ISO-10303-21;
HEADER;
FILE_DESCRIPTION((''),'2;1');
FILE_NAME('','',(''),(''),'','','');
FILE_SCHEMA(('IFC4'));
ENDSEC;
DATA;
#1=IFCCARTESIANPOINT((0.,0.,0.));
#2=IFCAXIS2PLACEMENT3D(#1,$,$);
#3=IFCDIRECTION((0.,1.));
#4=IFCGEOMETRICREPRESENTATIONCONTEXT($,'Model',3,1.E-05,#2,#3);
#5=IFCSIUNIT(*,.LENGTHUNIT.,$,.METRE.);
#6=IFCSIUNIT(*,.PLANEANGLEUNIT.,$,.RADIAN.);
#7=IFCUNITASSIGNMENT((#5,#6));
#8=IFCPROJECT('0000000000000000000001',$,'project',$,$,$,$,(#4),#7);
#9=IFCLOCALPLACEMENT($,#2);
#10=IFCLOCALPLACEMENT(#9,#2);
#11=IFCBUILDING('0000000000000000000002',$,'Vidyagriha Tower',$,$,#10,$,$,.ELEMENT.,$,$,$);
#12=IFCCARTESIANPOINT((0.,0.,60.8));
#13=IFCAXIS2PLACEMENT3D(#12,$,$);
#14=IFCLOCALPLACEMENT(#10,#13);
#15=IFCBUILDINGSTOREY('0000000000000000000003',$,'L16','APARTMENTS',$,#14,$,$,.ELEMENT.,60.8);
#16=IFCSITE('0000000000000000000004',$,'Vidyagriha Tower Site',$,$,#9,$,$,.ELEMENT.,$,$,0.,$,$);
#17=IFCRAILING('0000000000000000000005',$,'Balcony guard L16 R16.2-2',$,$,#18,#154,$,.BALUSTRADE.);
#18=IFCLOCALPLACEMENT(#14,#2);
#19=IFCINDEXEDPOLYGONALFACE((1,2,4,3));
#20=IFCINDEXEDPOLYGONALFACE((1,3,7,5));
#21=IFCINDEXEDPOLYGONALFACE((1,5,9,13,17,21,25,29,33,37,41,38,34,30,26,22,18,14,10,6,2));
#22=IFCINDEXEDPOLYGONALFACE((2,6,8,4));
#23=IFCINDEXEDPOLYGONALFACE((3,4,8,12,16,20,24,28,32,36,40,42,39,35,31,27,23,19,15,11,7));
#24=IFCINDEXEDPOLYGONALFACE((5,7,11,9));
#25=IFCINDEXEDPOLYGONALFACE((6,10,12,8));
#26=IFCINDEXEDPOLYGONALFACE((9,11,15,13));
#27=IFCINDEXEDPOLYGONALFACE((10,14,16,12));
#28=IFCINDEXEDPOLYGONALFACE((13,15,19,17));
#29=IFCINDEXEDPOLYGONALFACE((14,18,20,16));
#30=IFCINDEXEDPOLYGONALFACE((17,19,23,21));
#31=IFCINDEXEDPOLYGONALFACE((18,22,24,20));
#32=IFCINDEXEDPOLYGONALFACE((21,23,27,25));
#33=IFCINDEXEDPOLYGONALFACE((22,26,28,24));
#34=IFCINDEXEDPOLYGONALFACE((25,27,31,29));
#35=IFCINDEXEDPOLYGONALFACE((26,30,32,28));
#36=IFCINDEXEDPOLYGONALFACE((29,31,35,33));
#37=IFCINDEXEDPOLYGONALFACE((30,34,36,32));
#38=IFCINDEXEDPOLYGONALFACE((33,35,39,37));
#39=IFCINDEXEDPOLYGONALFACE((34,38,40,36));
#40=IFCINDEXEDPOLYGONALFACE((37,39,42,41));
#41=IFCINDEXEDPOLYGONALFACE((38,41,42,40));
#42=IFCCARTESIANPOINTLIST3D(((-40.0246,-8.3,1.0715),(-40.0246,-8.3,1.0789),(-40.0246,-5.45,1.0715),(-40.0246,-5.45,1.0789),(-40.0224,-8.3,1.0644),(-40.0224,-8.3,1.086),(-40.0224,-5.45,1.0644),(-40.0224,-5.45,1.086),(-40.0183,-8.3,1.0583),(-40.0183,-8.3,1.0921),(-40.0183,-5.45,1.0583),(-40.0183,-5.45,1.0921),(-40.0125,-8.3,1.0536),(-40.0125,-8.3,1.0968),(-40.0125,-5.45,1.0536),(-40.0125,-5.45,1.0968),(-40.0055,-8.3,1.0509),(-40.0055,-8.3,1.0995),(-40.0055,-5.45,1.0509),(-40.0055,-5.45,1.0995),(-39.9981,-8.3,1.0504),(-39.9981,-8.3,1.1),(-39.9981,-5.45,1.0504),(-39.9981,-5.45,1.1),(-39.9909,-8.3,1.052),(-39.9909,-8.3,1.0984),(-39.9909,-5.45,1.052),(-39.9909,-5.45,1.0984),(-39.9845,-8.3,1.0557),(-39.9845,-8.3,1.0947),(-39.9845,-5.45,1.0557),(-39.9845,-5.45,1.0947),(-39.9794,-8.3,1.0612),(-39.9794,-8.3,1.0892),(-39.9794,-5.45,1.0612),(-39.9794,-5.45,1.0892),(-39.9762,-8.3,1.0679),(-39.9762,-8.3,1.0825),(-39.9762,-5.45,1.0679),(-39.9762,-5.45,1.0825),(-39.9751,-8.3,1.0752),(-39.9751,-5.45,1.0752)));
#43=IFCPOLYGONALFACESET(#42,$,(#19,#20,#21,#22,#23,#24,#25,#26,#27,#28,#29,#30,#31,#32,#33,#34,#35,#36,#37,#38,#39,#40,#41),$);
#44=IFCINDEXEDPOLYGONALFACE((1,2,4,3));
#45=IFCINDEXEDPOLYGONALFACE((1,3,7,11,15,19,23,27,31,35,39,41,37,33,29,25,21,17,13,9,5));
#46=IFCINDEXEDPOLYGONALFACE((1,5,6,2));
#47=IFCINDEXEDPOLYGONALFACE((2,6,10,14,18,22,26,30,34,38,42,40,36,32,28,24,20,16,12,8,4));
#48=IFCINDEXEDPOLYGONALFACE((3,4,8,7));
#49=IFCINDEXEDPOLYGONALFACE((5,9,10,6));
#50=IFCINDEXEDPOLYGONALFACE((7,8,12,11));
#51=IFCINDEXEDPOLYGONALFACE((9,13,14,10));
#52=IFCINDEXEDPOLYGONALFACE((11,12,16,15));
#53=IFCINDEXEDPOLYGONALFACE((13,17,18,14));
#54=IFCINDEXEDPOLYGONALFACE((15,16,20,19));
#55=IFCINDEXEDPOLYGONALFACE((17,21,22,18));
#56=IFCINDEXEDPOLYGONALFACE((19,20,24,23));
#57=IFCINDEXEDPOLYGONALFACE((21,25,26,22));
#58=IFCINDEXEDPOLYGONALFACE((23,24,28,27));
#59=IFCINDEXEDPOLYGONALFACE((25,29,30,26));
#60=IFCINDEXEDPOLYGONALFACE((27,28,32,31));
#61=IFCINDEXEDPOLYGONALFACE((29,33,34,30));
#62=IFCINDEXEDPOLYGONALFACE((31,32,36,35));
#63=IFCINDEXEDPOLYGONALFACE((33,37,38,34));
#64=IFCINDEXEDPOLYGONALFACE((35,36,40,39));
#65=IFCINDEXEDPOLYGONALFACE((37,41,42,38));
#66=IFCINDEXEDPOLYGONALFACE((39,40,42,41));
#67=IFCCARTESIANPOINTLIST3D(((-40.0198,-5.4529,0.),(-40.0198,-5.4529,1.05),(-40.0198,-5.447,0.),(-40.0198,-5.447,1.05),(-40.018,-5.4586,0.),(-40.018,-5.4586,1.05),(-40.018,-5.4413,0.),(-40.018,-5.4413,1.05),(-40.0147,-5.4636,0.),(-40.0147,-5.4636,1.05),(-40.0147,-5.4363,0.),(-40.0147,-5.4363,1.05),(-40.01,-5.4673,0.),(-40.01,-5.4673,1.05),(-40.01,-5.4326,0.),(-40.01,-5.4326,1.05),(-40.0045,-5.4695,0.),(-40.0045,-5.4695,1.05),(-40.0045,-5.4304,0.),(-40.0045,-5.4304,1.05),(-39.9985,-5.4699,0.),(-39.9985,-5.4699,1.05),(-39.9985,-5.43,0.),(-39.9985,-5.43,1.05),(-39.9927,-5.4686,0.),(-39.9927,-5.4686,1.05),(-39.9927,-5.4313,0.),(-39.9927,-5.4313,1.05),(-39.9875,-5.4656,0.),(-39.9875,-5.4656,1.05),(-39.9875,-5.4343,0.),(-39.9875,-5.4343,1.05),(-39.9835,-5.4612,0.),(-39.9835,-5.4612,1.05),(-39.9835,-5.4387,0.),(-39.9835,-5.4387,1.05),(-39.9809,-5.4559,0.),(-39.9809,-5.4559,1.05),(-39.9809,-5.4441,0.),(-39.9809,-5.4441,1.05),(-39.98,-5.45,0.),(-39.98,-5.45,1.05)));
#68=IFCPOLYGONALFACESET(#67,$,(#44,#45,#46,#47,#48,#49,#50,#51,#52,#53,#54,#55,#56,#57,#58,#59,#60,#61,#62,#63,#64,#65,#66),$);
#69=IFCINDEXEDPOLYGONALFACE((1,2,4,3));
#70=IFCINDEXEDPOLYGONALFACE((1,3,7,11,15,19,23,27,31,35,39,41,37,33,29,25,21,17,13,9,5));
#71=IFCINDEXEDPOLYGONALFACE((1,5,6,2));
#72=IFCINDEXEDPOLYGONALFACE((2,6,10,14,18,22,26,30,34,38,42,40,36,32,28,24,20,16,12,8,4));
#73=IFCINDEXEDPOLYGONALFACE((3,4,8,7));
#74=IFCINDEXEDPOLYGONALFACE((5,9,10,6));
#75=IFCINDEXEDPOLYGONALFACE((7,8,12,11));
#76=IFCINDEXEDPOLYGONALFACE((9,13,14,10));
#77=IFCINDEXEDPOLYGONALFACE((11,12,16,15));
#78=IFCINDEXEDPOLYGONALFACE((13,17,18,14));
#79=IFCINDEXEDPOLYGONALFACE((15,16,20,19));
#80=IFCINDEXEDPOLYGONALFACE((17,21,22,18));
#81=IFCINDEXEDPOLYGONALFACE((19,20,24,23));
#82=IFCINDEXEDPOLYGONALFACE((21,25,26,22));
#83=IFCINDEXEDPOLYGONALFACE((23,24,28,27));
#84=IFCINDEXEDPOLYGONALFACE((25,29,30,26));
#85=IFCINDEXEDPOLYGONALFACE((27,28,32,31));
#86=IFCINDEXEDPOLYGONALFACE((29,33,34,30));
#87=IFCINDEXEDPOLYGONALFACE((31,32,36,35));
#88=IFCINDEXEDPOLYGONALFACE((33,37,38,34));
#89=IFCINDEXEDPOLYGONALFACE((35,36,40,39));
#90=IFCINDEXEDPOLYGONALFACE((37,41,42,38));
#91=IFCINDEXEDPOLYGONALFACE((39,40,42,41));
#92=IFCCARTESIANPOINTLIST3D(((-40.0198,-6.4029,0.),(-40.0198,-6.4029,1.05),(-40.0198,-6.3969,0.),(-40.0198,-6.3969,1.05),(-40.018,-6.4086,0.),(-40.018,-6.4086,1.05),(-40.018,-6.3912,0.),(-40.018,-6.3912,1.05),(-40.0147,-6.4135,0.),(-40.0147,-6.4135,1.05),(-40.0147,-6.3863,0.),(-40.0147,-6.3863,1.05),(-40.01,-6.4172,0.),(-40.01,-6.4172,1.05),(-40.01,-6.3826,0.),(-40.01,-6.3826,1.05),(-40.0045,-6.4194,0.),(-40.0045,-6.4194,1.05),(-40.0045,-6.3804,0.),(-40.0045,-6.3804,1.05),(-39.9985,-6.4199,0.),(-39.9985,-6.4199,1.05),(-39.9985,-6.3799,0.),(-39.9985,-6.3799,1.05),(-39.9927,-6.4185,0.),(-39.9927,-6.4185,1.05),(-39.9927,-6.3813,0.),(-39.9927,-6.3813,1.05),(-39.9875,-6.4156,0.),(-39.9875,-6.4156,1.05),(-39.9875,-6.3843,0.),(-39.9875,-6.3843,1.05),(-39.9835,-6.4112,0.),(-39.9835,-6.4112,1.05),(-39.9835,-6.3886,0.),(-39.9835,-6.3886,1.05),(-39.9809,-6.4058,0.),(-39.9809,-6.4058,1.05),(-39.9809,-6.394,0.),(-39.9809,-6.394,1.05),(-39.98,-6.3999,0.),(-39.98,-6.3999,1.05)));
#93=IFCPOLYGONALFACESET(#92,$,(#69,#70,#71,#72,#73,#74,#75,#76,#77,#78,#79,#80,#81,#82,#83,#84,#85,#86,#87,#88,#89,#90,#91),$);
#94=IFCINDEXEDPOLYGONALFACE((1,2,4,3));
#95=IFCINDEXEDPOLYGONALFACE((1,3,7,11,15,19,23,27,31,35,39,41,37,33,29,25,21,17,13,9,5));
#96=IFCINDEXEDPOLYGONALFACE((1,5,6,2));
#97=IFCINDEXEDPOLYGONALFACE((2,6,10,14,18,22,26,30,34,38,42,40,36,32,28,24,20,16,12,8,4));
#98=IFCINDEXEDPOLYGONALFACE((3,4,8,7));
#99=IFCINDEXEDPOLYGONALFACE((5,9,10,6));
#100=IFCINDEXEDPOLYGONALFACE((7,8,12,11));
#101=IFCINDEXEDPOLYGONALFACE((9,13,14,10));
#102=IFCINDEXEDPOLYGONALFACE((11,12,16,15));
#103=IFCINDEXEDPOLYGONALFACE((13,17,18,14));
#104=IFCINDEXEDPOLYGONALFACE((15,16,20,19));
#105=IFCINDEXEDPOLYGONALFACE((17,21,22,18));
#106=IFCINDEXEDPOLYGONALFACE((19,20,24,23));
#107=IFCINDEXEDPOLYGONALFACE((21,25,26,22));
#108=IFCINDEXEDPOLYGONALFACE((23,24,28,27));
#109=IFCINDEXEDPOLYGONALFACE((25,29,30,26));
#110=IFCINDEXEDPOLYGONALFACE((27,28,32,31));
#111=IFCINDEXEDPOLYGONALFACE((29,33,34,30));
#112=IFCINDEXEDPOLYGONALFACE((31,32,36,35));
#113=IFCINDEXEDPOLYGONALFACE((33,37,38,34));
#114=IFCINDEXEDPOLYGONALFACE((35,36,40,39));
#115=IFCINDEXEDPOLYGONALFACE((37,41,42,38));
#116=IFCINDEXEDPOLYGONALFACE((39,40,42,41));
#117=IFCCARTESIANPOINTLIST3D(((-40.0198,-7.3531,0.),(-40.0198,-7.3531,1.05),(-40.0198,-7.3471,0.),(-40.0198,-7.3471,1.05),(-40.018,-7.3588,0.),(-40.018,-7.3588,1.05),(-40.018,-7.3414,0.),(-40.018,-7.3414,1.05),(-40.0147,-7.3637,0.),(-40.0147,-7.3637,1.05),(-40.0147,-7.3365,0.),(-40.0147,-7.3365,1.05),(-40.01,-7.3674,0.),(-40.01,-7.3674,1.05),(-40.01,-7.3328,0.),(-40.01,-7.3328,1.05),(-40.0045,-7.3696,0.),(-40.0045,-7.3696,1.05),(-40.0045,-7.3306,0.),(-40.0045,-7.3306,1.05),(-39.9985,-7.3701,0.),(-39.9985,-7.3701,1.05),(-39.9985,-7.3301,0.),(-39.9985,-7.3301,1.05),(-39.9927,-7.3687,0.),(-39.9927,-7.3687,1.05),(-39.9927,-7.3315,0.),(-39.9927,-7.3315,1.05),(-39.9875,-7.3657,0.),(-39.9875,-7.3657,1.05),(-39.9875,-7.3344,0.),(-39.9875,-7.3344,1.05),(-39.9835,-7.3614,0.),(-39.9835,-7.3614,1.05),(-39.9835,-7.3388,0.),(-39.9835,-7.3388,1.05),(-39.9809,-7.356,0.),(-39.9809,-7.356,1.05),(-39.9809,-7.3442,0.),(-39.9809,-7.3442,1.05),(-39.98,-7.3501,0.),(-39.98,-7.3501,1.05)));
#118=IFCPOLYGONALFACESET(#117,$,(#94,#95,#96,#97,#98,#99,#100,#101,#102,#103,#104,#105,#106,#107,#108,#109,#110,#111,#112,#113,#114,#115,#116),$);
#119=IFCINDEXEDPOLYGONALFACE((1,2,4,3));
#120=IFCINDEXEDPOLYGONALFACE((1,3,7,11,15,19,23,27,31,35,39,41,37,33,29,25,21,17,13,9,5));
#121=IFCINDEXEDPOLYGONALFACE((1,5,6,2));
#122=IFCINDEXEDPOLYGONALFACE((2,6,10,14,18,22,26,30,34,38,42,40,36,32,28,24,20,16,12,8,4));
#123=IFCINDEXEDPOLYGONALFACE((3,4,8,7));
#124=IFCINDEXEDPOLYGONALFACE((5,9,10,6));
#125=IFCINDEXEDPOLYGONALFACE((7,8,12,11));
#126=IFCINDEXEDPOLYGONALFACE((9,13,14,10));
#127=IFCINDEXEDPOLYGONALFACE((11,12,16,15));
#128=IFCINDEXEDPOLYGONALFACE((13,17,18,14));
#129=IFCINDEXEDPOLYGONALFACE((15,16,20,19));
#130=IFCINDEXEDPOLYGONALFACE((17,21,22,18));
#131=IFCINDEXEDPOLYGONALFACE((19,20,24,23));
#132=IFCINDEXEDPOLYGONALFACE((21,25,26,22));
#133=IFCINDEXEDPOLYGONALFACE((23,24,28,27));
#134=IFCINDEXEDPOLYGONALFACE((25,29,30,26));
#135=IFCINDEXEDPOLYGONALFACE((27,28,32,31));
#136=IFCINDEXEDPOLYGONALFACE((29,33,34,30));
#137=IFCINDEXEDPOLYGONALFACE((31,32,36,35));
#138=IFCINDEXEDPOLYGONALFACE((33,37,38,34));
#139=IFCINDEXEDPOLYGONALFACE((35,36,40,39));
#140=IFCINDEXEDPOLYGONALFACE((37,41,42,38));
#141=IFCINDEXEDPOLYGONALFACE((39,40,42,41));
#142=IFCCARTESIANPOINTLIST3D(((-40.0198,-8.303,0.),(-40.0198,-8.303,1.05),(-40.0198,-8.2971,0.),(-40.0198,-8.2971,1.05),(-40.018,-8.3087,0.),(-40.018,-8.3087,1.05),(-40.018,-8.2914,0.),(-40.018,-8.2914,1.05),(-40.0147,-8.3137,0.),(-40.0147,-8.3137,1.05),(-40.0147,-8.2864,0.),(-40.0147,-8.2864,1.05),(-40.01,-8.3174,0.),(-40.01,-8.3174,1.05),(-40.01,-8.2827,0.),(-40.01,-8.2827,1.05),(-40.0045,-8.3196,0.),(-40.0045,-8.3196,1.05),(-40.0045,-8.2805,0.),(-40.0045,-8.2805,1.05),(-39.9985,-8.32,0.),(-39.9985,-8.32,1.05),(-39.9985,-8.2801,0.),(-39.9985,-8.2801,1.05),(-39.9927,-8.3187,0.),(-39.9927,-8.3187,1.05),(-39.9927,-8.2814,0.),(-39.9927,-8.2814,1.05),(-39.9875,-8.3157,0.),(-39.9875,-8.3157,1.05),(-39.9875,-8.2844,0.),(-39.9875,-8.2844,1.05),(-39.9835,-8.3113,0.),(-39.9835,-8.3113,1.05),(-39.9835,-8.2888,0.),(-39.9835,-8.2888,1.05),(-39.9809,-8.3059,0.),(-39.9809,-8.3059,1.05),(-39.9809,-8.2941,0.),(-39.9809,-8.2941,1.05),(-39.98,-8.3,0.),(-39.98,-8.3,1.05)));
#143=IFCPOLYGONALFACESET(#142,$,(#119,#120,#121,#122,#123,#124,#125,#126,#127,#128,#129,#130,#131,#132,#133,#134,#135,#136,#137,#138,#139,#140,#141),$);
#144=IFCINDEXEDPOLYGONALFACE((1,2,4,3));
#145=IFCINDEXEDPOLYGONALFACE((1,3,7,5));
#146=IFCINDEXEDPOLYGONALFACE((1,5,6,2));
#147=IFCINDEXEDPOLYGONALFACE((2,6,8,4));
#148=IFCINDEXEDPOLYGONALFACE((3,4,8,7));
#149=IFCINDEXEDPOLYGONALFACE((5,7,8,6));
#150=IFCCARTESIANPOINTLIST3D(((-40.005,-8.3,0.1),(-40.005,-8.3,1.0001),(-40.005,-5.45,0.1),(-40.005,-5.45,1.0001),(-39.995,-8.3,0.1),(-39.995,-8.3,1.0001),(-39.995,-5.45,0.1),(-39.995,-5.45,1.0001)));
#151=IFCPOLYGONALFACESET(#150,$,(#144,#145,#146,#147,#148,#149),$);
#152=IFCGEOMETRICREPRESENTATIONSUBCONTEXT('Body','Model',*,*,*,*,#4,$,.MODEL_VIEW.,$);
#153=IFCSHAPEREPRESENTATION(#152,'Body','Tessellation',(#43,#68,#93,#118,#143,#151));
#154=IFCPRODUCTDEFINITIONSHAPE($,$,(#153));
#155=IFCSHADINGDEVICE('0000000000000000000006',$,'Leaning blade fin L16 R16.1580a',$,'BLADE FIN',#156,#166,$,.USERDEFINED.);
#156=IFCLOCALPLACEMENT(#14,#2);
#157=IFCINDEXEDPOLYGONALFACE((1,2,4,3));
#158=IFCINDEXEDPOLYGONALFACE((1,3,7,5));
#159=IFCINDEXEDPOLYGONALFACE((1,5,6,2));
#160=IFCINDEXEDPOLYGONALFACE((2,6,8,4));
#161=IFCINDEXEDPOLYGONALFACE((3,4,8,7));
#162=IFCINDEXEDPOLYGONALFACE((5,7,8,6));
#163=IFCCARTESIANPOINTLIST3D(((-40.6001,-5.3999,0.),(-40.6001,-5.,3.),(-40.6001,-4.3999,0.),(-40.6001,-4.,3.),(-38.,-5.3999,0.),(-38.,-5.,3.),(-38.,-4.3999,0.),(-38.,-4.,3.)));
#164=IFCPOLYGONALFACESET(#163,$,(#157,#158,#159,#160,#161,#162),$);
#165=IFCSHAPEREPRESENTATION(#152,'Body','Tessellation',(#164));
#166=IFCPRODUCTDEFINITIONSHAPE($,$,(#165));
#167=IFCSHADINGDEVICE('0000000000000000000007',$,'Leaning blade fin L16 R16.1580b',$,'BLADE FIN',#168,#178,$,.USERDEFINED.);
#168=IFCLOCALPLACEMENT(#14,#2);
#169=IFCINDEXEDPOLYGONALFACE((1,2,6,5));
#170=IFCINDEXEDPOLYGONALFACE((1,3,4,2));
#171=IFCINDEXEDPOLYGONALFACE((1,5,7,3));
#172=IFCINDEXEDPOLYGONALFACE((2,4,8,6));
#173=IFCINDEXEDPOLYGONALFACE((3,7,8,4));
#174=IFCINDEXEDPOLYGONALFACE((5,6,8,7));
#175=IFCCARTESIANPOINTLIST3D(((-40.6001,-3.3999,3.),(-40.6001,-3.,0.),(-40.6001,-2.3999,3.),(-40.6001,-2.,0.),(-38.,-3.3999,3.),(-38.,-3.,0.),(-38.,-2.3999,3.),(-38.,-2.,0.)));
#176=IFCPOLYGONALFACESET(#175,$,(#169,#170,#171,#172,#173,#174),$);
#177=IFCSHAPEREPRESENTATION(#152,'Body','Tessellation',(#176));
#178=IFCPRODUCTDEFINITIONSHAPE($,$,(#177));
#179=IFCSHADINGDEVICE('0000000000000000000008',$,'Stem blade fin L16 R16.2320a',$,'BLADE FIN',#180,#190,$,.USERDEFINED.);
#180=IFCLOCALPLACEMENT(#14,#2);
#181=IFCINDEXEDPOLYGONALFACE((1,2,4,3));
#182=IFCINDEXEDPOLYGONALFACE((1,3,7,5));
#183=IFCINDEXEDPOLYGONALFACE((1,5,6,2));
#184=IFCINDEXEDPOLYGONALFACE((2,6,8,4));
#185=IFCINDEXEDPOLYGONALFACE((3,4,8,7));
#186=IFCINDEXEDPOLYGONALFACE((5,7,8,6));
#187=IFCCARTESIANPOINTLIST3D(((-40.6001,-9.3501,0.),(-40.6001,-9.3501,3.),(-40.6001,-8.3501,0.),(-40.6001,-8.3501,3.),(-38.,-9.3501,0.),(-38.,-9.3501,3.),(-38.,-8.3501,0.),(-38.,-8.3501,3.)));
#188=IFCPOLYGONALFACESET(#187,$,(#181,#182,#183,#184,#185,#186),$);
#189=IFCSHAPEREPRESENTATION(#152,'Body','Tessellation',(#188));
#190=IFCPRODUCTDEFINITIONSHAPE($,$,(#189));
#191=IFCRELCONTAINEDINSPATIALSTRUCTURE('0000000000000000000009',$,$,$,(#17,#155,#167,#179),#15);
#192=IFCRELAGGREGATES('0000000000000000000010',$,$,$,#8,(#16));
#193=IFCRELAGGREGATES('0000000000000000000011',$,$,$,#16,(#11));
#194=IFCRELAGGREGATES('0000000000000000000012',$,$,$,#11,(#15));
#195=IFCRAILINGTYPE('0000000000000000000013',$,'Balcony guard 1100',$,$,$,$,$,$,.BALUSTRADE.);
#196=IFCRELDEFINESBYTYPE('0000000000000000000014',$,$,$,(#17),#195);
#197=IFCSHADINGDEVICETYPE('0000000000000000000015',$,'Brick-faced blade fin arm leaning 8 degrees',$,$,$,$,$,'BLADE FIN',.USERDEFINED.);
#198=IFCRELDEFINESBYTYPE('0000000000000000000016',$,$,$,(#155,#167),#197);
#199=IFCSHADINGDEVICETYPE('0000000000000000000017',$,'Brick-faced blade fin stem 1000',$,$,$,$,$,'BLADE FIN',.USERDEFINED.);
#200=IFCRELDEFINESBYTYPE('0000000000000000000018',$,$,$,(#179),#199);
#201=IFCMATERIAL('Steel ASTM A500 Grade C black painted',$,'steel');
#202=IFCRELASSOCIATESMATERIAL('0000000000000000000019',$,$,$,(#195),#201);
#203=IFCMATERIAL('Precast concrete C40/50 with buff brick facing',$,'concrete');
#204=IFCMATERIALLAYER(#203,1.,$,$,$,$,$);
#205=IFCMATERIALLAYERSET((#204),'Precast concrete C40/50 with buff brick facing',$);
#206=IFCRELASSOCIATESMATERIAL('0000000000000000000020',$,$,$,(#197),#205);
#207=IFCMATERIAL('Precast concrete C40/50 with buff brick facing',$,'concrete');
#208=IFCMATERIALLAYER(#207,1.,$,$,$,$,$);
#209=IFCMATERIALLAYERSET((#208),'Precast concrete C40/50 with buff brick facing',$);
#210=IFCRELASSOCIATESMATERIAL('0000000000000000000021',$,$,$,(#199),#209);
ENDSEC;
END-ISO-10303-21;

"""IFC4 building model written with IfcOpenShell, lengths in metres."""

from ifc_helpers import new_model, si_unit, direction, frame, origin, origin_2d, place, context, subcontext, project, spatial, polyline, rectangle, circle, outline, extrude, material, layer, layer_set, type_object, element, save


model = new_model("IFC4")

# Units and contexts
model_context = context("Model", 3, precision=1e-05, world=origin(), true_north=direction((0.0, 1.0)))
body_context = subcontext(model_context, "Body", "Model", "MODEL_VIEW")
ifc_project = project(units=[si_unit("LENGTHUNIT", "METRE"), si_unit("PLANEANGLEUNIT", "RADIAN")], contexts=[model_context])

# Site, building, storey
site_placement = place(None, origin())
site = spatial("IfcSite", under=ifc_project, at=site_placement, Name="Vidyagriha Tower Site", CompositionType="ELEMENT", RefElevation=0.0)
building_placement = place(site_placement, origin())
building = spatial("IfcBuilding", under=site, at=building_placement, Name="Vidyagriha Tower", CompositionType="ELEMENT")
storey_placement = place(building_placement, frame((0.0, 0.0, 60.8)))
storey = spatial("IfcBuildingStorey", under=building, at=storey_placement, Name="L16", Description="APARTMENTS", CompositionType="ELEMENT", Elevation=60.8)

# Railing
ifc_material_1 = material(Name="Steel ASTM A500 Grade C black painted", Category="steel")
railing_type_1 = type_object("IfcRailingType", Name="Balcony guard 1100", PredefinedType="BALUSTRADE", material=ifc_material_1)
railing_1_placement = place(storey_placement, frame((-40.0, -5.45, 0.0)))
element("IfcRailing", 1, at=railing_1_placement, inside=storey, type_object=railing_type_1, Name="Balcony guard L16 R16.2-2", PredefinedType="BALUSTRADE", context=body_context, shape_type="SweptSolid", body=[
    extrude(circle(Radius=0.0249, at=origin_2d()), frame((0.0, 0.0, 1.0752), z_axis=(0.0, -1.0, 0.0), x_axis=(1.0, 0.0, 0.0)), (0.0, 0.0, 1.0), 2.8501),
    extrude(circle(Radius=0.02, at=origin_2d()), origin(), (0.0, 0.0, 1.0), 1.05),
    extrude(circle(Radius=0.02, at=origin_2d()), frame((0.0, -0.95, 0.0)), (0.0, 0.0, 1.0), 1.05),
    extrude(circle(Radius=0.02, at=origin_2d()), frame((0.0, -1.9001, 0.0)), (0.0, 0.0, 1.0), 1.05),
    extrude(circle(Radius=0.02, at=origin_2d()), frame((0.0, -2.8501, 0.0)), (0.0, 0.0, 1.0), 1.05),
    extrude(rectangle(XDim=0.01, YDim=0.9001, at=origin_2d()), frame((0.0, 0.0, 0.55), z_axis=(0.0, -1.0, 0.0), x_axis=(1.0, 0.0, 0.0)), (0.0, 0.0, 1.0), 2.8501),
])

# Shading devices
ifc_material_2 = material(Name="Precast concrete C40/50 with buff brick facing", Category="concrete")
ifc_layer_1 = layer(ifc_material_2, 1.0)
ifc_layer_set_1 = layer_set([ifc_layer_1], Name="Precast concrete C40/50 with buff brick facing")
shading_device_type_1 = type_object("IfcShadingDeviceType", Name="Brick-faced blade fin arm leaning 8 degrees", ElementType="BLADE FIN", PredefinedType="USERDEFINED", material=ifc_layer_set_1)
shading_device_1_placement = place(storey_placement, frame((-39.3, -4.0, 0.0), z_axis=(0.0, 0.0, 1.0), x_axis=(0.0, -1.0, 0.0)))
element("IfcShadingDevice", 2, at=shading_device_1_placement, inside=storey, type_object=shading_device_type_1, Name="Leaning blade fin L16 R16.1580a", ObjectType="BLADE FIN", PredefinedType="USERDEFINED", context=body_context, shape_type="SweptSolid", body=[
    extrude(outline(polyline([(0.3999, 0.0), (1.3999, 0.0), (1.0, 3.0), (0.0, 3.0), (0.3999, 0.0)])), frame((0.0, 1.3, 0.0), z_axis=(0.0, -1.0, 0.0), x_axis=(1.0, 0.0, 0.0)), (0.0, 0.0, 1.0), 2.6001),
])
shading_device_2_placement = place(storey_placement, frame((-39.3, -2.0, 0.0), z_axis=(0.0, 0.0, 1.0), x_axis=(0.0, -1.0, 0.0)))
element("IfcShadingDevice", 3, at=shading_device_2_placement, inside=storey, type_object=shading_device_type_1, Name="Leaning blade fin L16 R16.1580b", ObjectType="BLADE FIN", PredefinedType="USERDEFINED", context=body_context, shape_type="SweptSolid", body=[
    extrude(outline(polyline([(0.0, 0.0), (1.0, 0.0), (1.3999, 3.0), (0.3999, 3.0), (0.0, 0.0)])), frame((0.0, 1.3, 0.0), z_axis=(0.0, -1.0, 0.0), x_axis=(1.0, 0.0, 0.0)), (0.0, 0.0, 1.0), 2.6001),
])
ifc_material_3 = material(Name="Precast concrete C40/50 with buff brick facing", Category="concrete")
ifc_layer_2 = layer(ifc_material_3, 1.0)
ifc_layer_set_2 = layer_set([ifc_layer_2], Name="Precast concrete C40/50 with buff brick facing")
shading_device_type_2 = type_object("IfcShadingDeviceType", Name="Brick-faced blade fin stem 1000", ElementType="BLADE FIN", PredefinedType="USERDEFINED", material=ifc_layer_set_2)
shading_device_3_placement = place(storey_placement, frame((-39.3, -8.3501, 0.0), z_axis=(0.0, 0.0, 1.0), x_axis=(0.0, -1.0, 0.0)))
element("IfcShadingDevice", 4, at=shading_device_3_placement, inside=storey, type_object=shading_device_type_2, Name="Stem blade fin L16 R16.2320a", ObjectType="BLADE FIN", PredefinedType="USERDEFINED", context=body_context, shape_type="SweptSolid", body=[
    extrude(outline(polyline([(0.0, 0.0), (1.0, 0.0), (1.0, 3.0), (0.0, 3.0), (0.0, 0.0)])), frame((0.0, 1.3, 0.0), z_axis=(0.0, -1.0, 0.0), x_axis=(1.0, 0.0, 0.0)), (0.0, 0.0, 1.0), 2.6001),
])

save(model, "model.ifc")
